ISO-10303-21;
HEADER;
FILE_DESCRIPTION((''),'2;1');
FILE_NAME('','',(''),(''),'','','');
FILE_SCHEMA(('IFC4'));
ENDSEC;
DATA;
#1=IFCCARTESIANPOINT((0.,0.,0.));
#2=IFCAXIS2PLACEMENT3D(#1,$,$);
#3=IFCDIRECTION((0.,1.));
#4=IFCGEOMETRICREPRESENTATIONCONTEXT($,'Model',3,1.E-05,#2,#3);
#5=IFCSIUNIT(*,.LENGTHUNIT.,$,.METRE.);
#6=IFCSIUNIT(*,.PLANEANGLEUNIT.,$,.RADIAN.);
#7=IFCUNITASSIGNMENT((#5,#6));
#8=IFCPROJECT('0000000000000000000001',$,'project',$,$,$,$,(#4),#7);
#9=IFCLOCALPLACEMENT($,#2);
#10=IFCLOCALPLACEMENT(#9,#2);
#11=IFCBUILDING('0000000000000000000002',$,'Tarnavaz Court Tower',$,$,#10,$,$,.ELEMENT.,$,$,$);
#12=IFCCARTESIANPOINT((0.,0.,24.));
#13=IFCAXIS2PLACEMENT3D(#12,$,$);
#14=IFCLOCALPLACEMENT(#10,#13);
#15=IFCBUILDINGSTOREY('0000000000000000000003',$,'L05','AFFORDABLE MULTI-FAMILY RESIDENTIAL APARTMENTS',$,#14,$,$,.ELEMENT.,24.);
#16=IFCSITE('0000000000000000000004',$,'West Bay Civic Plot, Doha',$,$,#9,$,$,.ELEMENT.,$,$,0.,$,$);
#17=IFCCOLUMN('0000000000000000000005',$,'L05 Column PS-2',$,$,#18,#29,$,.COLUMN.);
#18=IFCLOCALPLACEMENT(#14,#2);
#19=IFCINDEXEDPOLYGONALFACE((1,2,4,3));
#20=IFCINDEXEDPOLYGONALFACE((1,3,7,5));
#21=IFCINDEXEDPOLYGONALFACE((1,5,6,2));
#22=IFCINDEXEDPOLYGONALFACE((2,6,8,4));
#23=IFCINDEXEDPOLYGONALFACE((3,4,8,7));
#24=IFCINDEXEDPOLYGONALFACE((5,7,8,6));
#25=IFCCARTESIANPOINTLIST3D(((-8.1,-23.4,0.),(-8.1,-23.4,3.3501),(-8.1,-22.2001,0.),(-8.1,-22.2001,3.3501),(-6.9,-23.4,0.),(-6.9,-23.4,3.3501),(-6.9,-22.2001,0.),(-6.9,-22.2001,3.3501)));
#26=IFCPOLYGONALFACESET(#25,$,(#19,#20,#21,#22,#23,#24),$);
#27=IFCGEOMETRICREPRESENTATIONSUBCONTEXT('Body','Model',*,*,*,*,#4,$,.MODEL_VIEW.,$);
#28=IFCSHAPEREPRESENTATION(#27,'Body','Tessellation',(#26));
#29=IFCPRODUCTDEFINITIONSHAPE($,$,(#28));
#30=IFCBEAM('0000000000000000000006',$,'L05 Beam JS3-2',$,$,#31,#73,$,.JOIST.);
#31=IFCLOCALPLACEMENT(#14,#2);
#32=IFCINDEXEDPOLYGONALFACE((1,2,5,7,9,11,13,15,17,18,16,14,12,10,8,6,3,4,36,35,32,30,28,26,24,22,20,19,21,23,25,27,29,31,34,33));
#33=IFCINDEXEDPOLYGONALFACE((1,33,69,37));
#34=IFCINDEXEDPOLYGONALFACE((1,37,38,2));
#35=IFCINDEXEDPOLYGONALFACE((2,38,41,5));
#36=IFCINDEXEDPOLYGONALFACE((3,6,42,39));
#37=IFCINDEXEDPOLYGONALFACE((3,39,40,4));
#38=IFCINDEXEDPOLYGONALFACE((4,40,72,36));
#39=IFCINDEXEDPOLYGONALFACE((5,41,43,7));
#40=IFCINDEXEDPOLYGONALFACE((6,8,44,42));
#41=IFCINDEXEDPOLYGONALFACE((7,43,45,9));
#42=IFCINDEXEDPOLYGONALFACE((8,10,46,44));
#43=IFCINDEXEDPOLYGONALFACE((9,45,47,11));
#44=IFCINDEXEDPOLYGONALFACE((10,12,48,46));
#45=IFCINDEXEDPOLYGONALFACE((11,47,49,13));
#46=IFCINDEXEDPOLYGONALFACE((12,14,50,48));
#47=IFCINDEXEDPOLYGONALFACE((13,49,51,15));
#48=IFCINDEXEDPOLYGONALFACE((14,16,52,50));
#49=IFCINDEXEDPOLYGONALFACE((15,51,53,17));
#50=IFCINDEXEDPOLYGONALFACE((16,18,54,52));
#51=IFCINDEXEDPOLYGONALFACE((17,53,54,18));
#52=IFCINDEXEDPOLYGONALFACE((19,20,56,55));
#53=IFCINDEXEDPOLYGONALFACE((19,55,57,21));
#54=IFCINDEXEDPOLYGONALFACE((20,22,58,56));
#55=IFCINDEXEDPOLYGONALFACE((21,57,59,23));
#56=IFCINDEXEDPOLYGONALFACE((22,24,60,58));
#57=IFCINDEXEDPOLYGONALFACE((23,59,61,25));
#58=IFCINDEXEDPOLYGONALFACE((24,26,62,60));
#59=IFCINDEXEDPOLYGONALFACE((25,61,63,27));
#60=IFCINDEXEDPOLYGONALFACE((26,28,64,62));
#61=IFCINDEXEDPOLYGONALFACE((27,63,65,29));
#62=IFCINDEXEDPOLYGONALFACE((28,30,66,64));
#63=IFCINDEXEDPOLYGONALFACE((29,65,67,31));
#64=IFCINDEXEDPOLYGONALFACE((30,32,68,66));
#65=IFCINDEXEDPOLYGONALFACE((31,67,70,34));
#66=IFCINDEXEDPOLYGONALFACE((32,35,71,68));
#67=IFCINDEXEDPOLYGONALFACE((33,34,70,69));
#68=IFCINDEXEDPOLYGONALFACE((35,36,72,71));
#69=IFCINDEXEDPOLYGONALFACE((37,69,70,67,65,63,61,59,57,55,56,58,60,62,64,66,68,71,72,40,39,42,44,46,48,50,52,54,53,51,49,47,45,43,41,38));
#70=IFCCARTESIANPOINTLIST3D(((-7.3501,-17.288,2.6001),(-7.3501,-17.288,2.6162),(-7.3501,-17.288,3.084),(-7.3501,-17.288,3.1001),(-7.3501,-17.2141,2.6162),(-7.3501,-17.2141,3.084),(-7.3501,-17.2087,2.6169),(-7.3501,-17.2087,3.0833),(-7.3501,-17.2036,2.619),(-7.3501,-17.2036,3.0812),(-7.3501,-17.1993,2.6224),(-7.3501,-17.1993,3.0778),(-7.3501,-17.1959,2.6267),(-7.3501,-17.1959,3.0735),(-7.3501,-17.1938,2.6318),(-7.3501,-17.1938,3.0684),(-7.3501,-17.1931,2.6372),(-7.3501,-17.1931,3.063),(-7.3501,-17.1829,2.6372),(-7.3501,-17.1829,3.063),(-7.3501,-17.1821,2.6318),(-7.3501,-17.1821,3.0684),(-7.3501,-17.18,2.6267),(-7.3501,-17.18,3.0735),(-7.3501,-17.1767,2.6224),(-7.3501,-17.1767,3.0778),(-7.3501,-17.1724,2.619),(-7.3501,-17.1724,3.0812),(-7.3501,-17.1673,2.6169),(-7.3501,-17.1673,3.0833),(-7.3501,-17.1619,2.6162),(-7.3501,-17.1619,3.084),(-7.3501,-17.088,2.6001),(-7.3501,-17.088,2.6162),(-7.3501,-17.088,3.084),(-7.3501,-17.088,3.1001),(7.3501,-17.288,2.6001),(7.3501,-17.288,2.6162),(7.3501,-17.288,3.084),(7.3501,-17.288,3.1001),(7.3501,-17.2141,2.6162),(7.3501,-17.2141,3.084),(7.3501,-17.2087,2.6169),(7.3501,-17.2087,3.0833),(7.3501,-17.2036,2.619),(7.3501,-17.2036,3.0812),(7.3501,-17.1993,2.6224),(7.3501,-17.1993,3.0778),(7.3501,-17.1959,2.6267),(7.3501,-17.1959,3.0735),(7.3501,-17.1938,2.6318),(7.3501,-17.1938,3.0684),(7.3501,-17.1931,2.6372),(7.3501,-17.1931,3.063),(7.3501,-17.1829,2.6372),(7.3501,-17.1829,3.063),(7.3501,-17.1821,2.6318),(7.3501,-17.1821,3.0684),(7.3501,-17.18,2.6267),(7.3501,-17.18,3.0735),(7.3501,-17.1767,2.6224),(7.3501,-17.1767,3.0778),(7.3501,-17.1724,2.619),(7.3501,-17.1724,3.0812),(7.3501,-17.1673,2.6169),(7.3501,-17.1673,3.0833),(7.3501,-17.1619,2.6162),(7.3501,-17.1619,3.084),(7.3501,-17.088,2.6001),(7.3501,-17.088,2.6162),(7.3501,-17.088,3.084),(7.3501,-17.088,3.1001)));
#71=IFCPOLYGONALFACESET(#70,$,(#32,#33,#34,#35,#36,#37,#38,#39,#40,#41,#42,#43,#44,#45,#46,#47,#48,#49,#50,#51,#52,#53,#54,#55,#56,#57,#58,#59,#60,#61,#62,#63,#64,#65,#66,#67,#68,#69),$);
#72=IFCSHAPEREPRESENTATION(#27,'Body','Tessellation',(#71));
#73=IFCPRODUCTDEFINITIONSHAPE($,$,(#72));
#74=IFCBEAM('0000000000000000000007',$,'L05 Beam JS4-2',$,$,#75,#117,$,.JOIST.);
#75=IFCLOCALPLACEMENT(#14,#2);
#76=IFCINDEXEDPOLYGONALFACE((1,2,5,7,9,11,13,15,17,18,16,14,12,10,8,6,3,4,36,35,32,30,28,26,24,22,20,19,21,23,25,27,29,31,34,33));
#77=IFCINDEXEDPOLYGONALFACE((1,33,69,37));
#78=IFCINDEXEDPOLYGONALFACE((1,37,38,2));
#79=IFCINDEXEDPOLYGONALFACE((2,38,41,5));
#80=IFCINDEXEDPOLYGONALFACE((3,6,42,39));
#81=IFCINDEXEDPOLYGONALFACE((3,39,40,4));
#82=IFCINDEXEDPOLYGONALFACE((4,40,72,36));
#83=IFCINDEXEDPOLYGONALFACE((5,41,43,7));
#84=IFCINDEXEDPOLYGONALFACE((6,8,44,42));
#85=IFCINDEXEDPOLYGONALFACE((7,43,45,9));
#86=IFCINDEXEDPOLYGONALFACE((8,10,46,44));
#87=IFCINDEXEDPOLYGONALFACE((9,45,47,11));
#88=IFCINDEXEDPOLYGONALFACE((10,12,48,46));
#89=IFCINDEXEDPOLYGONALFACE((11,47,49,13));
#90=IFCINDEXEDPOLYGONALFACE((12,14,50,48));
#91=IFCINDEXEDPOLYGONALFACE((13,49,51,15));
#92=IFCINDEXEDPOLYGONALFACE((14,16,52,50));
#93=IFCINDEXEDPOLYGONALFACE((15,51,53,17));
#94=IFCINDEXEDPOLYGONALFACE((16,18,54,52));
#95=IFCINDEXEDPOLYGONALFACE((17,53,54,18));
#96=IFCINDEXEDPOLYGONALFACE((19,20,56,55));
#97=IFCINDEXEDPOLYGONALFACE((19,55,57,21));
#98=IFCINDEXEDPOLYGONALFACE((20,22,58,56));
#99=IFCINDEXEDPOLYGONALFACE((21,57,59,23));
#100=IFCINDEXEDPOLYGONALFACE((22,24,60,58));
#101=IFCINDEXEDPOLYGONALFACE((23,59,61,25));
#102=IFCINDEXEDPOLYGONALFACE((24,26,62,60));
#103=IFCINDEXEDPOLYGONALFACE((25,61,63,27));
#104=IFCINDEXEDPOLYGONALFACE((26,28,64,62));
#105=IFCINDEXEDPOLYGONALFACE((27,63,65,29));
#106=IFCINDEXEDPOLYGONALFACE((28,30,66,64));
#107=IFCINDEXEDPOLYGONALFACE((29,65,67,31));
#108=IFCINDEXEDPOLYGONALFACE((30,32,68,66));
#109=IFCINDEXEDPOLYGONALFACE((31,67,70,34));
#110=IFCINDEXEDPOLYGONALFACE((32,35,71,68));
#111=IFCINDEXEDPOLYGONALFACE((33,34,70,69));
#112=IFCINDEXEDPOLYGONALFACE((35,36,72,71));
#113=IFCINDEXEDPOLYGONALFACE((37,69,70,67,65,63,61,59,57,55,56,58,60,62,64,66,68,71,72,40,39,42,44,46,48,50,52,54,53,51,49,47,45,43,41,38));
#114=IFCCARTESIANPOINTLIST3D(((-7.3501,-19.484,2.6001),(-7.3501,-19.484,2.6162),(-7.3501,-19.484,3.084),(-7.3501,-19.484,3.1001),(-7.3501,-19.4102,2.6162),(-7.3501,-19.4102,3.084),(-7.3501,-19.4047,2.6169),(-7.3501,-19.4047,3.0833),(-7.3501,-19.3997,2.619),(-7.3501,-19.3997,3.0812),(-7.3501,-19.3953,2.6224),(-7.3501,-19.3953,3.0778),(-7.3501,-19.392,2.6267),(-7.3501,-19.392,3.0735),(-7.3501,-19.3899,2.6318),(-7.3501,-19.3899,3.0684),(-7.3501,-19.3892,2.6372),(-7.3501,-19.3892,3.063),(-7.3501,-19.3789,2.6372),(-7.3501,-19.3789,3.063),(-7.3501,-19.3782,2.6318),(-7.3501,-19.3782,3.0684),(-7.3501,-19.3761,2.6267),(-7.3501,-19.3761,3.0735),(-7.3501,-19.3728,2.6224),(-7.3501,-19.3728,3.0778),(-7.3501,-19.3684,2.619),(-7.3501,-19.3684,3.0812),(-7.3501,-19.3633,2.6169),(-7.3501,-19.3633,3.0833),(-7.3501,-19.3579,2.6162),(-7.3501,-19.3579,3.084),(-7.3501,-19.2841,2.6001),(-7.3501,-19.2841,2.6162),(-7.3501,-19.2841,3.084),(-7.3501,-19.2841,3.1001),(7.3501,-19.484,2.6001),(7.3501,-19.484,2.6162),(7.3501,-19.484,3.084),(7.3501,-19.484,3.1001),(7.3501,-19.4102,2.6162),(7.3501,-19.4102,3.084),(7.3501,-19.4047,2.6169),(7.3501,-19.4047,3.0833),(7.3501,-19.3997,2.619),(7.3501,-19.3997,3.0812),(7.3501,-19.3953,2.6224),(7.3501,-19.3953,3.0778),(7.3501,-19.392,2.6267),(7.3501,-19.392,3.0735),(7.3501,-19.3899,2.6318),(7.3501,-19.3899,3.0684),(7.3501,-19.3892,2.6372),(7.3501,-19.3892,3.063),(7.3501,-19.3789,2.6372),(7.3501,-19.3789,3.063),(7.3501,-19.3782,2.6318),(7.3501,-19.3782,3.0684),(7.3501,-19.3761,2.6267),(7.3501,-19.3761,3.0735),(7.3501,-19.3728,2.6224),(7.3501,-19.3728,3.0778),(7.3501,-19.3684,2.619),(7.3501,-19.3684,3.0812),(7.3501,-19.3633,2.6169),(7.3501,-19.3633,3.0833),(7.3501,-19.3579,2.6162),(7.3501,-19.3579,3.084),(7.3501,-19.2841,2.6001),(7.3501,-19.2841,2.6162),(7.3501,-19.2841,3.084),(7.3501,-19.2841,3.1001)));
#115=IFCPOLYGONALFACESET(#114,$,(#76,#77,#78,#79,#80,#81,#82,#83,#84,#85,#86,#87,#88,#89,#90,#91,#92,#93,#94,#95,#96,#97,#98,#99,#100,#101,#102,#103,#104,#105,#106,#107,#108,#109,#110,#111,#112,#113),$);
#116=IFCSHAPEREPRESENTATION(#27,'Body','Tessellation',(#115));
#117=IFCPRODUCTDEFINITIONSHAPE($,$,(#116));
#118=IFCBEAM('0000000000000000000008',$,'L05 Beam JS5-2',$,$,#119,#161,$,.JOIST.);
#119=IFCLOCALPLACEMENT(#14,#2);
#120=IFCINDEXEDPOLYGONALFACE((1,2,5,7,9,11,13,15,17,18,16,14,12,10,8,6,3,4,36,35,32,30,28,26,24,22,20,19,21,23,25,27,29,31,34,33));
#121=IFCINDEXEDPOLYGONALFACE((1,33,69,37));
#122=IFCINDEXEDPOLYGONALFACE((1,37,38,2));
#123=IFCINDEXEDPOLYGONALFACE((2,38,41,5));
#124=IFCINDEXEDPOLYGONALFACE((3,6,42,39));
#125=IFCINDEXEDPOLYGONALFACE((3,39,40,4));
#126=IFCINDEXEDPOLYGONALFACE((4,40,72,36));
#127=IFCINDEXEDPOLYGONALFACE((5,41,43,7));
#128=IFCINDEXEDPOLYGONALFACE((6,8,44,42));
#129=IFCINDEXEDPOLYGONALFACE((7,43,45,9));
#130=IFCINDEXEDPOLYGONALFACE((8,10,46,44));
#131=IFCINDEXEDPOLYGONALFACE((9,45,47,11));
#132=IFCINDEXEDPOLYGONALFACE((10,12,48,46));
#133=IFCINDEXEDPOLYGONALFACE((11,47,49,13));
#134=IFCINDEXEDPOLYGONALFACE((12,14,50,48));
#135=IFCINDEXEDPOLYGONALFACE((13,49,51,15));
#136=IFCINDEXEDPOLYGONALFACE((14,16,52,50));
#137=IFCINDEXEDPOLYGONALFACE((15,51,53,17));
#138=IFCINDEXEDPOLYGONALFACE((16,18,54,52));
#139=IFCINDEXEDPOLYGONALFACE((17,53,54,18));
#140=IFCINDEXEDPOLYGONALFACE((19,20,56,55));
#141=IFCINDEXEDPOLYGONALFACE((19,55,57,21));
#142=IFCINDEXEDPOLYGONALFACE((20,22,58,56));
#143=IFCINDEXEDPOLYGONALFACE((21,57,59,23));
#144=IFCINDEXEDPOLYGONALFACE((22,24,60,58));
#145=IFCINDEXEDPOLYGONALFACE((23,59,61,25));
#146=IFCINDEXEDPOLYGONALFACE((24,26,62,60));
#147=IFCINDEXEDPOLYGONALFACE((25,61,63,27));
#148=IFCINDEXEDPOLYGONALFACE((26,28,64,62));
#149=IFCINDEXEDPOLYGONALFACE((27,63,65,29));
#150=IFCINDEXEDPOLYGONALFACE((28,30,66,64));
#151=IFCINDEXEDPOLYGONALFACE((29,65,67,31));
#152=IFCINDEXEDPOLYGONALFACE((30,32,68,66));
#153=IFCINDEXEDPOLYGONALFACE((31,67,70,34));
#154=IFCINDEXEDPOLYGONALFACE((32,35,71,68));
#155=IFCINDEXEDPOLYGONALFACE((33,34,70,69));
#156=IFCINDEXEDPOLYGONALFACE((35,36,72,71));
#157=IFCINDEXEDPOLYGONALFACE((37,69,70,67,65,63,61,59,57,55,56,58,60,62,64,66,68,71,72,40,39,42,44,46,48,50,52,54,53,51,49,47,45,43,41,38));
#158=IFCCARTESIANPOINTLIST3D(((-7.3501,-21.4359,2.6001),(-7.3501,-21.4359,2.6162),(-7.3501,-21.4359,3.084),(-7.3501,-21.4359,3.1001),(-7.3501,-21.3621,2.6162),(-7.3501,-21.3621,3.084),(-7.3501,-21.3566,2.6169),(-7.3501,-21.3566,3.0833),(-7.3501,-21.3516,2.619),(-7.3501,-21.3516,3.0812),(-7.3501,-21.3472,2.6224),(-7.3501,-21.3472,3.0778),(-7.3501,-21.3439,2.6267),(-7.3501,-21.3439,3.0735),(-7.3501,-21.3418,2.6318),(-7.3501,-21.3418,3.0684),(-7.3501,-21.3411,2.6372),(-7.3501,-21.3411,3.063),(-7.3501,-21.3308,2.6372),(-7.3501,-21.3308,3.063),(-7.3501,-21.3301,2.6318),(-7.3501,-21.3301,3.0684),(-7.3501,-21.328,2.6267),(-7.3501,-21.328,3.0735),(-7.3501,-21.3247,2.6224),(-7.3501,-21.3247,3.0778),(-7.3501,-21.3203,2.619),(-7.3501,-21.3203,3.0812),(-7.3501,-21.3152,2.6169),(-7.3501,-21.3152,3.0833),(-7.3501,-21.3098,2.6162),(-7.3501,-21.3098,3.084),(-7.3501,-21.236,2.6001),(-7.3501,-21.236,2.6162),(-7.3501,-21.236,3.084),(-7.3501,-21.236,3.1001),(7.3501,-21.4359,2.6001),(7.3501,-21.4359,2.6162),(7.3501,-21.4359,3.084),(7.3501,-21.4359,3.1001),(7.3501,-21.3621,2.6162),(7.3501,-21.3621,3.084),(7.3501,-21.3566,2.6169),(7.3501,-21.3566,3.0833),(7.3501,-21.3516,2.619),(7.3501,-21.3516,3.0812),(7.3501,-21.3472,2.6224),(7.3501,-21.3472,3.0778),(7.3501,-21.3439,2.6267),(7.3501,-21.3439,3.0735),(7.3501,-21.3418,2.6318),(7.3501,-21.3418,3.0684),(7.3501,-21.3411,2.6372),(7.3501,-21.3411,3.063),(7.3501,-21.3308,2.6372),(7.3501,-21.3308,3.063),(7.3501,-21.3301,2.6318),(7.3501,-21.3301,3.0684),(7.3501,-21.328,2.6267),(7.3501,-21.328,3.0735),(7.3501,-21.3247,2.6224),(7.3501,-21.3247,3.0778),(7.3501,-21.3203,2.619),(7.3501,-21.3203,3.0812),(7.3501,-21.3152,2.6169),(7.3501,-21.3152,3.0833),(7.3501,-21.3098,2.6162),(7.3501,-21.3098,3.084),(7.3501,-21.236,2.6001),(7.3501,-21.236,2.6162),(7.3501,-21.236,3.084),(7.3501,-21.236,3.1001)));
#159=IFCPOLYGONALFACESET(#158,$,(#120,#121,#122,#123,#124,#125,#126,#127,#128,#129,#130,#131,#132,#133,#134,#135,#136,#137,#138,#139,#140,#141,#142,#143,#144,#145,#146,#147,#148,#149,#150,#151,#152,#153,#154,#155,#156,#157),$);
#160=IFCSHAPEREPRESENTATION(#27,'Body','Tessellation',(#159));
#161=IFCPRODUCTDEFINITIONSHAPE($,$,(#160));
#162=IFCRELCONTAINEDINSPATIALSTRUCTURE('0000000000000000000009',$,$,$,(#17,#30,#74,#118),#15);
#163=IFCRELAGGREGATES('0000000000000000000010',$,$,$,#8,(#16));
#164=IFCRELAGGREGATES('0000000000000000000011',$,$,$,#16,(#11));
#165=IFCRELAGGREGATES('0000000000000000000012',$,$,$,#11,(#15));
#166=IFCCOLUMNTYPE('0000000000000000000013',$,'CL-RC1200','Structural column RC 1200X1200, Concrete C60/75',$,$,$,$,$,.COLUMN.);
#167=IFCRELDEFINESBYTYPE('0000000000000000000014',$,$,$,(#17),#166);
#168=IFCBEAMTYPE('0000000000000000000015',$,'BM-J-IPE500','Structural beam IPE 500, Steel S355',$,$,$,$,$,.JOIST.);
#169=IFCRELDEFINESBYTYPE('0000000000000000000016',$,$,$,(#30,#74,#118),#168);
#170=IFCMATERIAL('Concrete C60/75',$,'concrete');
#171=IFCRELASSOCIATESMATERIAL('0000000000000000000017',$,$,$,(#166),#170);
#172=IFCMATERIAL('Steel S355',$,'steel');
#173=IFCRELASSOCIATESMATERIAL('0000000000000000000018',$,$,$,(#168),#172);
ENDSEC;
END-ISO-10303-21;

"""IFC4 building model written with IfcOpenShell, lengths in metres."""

from ifc_helpers import new_model, si_unit, direction, frame, origin, origin_2d, place, context, subcontext, project, spatial, rectangle, i_section, extrude, material, material_profile, profile_set, type_object, element, save


model = new_model("IFC4")

# Units and contexts
model_context = context("Model", 3, precision=1e-05, world=origin(), true_north=direction((0.0, 1.0)))
body_context = subcontext(model_context, "Body", "Model", "MODEL_VIEW")
ifc_project = project(units=[si_unit("LENGTHUNIT", "METRE"), si_unit("PLANEANGLEUNIT", "RADIAN")], contexts=[model_context])

# Site, building, storey
site_placement = place(None, origin())
site = spatial("IfcSite", under=ifc_project, at=site_placement, Name="West Bay Civic Plot, Doha", CompositionType="ELEMENT", RefElevation=0.0)
building_placement = place(site_placement, origin())
building = spatial("IfcBuilding", under=site, at=building_placement, Name="Tarnavaz Court Tower", CompositionType="ELEMENT")
storey_placement = place(building_placement, frame((0.0, 0.0, 24.0)))
storey = spatial("IfcBuildingStorey", under=building, at=storey_placement, Name="L05", Description="AFFORDABLE MULTI-FAMILY RESIDENTIAL APARTMENTS", CompositionType="ELEMENT", Elevation=24.0)

# Column
ifc_material_1 = material(Name="Concrete C60/75", Category="concrete")
ifc_material_profile_1 = material_profile(ifc_material_1, rectangle(XDim=1.2, YDim=1.2, at=origin_2d()), Name="RC 1200X1200")
ifc_profile_set_1 = profile_set([ifc_material_profile_1], Name="Concrete C60/75")
column_type = type_object("IfcColumnType", Name="CL-RC1200", Description="Structural column RC 1200X1200, Concrete C60/75", PredefinedType="COLUMN", material=ifc_profile_set_1)
column_placement = place(storey_placement, frame((-7.5, -22.8, 0.0), z_axis=(0.0, 0.0, 1.0), x_axis=(1.0, 0.0, 0.0)))
element("IfcColumn", 1, at=column_placement, inside=storey, type_object=column_type, Name="L05 Column PS-2", PredefinedType="COLUMN", context=body_context, shape_type="SweptSolid", body=[
    extrude(rectangle(XDim=1.2, YDim=1.2, at=origin_2d()), origin(), (0.0, 0.0, 1.0), 3.3501),
])

# Beams
ifc_material_2 = material(Name="Steel S355", Category="steel")
ifc_material_profile_2 = material_profile(ifc_material_2, i_section(OverallWidth=0.2, OverallDepth=0.5, WebThickness=0.0103, FlangeThickness=0.0161, FilletRadius=0.021, at=origin_2d()), Name="IPE 500")
ifc_profile_set_2 = profile_set([ifc_material_profile_2], Name="Steel S355")
beam_type_1 = type_object("IfcBeamType", Name="BM-J-IPE500", Description="Structural beam IPE 500, Steel S355", PredefinedType="JOIST", material=ifc_profile_set_2)
for number, where, z_axis, x_axis, name in (
    (2, (-7.3501, -17.188, 2.8501), (1.0, 0.0, 0.0), (0.0, 1.0, 0.0), "L05 Beam JS3-2"),
    (3, (-7.3501, -19.384, 2.8501), (1.0, 0.0, 0.0), (0.0, 1.0, 0.0), "L05 Beam JS4-2"),
    (4, (-7.3501, -21.3359, 2.8501), (1.0, 0.0, 0.0), (0.0, 1.0, 0.0), "L05 Beam JS5-2"),
):
    element("IfcBeam", number, at=place(storey_placement, frame(where, z_axis=z_axis, x_axis=x_axis)), inside=storey, type_object=beam_type_1, Name=name, PredefinedType="JOIST", context=body_context, shape_type="SweptSolid", body=[
        extrude(i_section(OverallWidth=0.2, OverallDepth=0.5, WebThickness=0.0103, FlangeThickness=0.0161, FilletRadius=0.021, at=origin_2d()), origin(), (0.0, 0.0, 1.0), 14.7002),
    ])

save(model, "model.ifc")
